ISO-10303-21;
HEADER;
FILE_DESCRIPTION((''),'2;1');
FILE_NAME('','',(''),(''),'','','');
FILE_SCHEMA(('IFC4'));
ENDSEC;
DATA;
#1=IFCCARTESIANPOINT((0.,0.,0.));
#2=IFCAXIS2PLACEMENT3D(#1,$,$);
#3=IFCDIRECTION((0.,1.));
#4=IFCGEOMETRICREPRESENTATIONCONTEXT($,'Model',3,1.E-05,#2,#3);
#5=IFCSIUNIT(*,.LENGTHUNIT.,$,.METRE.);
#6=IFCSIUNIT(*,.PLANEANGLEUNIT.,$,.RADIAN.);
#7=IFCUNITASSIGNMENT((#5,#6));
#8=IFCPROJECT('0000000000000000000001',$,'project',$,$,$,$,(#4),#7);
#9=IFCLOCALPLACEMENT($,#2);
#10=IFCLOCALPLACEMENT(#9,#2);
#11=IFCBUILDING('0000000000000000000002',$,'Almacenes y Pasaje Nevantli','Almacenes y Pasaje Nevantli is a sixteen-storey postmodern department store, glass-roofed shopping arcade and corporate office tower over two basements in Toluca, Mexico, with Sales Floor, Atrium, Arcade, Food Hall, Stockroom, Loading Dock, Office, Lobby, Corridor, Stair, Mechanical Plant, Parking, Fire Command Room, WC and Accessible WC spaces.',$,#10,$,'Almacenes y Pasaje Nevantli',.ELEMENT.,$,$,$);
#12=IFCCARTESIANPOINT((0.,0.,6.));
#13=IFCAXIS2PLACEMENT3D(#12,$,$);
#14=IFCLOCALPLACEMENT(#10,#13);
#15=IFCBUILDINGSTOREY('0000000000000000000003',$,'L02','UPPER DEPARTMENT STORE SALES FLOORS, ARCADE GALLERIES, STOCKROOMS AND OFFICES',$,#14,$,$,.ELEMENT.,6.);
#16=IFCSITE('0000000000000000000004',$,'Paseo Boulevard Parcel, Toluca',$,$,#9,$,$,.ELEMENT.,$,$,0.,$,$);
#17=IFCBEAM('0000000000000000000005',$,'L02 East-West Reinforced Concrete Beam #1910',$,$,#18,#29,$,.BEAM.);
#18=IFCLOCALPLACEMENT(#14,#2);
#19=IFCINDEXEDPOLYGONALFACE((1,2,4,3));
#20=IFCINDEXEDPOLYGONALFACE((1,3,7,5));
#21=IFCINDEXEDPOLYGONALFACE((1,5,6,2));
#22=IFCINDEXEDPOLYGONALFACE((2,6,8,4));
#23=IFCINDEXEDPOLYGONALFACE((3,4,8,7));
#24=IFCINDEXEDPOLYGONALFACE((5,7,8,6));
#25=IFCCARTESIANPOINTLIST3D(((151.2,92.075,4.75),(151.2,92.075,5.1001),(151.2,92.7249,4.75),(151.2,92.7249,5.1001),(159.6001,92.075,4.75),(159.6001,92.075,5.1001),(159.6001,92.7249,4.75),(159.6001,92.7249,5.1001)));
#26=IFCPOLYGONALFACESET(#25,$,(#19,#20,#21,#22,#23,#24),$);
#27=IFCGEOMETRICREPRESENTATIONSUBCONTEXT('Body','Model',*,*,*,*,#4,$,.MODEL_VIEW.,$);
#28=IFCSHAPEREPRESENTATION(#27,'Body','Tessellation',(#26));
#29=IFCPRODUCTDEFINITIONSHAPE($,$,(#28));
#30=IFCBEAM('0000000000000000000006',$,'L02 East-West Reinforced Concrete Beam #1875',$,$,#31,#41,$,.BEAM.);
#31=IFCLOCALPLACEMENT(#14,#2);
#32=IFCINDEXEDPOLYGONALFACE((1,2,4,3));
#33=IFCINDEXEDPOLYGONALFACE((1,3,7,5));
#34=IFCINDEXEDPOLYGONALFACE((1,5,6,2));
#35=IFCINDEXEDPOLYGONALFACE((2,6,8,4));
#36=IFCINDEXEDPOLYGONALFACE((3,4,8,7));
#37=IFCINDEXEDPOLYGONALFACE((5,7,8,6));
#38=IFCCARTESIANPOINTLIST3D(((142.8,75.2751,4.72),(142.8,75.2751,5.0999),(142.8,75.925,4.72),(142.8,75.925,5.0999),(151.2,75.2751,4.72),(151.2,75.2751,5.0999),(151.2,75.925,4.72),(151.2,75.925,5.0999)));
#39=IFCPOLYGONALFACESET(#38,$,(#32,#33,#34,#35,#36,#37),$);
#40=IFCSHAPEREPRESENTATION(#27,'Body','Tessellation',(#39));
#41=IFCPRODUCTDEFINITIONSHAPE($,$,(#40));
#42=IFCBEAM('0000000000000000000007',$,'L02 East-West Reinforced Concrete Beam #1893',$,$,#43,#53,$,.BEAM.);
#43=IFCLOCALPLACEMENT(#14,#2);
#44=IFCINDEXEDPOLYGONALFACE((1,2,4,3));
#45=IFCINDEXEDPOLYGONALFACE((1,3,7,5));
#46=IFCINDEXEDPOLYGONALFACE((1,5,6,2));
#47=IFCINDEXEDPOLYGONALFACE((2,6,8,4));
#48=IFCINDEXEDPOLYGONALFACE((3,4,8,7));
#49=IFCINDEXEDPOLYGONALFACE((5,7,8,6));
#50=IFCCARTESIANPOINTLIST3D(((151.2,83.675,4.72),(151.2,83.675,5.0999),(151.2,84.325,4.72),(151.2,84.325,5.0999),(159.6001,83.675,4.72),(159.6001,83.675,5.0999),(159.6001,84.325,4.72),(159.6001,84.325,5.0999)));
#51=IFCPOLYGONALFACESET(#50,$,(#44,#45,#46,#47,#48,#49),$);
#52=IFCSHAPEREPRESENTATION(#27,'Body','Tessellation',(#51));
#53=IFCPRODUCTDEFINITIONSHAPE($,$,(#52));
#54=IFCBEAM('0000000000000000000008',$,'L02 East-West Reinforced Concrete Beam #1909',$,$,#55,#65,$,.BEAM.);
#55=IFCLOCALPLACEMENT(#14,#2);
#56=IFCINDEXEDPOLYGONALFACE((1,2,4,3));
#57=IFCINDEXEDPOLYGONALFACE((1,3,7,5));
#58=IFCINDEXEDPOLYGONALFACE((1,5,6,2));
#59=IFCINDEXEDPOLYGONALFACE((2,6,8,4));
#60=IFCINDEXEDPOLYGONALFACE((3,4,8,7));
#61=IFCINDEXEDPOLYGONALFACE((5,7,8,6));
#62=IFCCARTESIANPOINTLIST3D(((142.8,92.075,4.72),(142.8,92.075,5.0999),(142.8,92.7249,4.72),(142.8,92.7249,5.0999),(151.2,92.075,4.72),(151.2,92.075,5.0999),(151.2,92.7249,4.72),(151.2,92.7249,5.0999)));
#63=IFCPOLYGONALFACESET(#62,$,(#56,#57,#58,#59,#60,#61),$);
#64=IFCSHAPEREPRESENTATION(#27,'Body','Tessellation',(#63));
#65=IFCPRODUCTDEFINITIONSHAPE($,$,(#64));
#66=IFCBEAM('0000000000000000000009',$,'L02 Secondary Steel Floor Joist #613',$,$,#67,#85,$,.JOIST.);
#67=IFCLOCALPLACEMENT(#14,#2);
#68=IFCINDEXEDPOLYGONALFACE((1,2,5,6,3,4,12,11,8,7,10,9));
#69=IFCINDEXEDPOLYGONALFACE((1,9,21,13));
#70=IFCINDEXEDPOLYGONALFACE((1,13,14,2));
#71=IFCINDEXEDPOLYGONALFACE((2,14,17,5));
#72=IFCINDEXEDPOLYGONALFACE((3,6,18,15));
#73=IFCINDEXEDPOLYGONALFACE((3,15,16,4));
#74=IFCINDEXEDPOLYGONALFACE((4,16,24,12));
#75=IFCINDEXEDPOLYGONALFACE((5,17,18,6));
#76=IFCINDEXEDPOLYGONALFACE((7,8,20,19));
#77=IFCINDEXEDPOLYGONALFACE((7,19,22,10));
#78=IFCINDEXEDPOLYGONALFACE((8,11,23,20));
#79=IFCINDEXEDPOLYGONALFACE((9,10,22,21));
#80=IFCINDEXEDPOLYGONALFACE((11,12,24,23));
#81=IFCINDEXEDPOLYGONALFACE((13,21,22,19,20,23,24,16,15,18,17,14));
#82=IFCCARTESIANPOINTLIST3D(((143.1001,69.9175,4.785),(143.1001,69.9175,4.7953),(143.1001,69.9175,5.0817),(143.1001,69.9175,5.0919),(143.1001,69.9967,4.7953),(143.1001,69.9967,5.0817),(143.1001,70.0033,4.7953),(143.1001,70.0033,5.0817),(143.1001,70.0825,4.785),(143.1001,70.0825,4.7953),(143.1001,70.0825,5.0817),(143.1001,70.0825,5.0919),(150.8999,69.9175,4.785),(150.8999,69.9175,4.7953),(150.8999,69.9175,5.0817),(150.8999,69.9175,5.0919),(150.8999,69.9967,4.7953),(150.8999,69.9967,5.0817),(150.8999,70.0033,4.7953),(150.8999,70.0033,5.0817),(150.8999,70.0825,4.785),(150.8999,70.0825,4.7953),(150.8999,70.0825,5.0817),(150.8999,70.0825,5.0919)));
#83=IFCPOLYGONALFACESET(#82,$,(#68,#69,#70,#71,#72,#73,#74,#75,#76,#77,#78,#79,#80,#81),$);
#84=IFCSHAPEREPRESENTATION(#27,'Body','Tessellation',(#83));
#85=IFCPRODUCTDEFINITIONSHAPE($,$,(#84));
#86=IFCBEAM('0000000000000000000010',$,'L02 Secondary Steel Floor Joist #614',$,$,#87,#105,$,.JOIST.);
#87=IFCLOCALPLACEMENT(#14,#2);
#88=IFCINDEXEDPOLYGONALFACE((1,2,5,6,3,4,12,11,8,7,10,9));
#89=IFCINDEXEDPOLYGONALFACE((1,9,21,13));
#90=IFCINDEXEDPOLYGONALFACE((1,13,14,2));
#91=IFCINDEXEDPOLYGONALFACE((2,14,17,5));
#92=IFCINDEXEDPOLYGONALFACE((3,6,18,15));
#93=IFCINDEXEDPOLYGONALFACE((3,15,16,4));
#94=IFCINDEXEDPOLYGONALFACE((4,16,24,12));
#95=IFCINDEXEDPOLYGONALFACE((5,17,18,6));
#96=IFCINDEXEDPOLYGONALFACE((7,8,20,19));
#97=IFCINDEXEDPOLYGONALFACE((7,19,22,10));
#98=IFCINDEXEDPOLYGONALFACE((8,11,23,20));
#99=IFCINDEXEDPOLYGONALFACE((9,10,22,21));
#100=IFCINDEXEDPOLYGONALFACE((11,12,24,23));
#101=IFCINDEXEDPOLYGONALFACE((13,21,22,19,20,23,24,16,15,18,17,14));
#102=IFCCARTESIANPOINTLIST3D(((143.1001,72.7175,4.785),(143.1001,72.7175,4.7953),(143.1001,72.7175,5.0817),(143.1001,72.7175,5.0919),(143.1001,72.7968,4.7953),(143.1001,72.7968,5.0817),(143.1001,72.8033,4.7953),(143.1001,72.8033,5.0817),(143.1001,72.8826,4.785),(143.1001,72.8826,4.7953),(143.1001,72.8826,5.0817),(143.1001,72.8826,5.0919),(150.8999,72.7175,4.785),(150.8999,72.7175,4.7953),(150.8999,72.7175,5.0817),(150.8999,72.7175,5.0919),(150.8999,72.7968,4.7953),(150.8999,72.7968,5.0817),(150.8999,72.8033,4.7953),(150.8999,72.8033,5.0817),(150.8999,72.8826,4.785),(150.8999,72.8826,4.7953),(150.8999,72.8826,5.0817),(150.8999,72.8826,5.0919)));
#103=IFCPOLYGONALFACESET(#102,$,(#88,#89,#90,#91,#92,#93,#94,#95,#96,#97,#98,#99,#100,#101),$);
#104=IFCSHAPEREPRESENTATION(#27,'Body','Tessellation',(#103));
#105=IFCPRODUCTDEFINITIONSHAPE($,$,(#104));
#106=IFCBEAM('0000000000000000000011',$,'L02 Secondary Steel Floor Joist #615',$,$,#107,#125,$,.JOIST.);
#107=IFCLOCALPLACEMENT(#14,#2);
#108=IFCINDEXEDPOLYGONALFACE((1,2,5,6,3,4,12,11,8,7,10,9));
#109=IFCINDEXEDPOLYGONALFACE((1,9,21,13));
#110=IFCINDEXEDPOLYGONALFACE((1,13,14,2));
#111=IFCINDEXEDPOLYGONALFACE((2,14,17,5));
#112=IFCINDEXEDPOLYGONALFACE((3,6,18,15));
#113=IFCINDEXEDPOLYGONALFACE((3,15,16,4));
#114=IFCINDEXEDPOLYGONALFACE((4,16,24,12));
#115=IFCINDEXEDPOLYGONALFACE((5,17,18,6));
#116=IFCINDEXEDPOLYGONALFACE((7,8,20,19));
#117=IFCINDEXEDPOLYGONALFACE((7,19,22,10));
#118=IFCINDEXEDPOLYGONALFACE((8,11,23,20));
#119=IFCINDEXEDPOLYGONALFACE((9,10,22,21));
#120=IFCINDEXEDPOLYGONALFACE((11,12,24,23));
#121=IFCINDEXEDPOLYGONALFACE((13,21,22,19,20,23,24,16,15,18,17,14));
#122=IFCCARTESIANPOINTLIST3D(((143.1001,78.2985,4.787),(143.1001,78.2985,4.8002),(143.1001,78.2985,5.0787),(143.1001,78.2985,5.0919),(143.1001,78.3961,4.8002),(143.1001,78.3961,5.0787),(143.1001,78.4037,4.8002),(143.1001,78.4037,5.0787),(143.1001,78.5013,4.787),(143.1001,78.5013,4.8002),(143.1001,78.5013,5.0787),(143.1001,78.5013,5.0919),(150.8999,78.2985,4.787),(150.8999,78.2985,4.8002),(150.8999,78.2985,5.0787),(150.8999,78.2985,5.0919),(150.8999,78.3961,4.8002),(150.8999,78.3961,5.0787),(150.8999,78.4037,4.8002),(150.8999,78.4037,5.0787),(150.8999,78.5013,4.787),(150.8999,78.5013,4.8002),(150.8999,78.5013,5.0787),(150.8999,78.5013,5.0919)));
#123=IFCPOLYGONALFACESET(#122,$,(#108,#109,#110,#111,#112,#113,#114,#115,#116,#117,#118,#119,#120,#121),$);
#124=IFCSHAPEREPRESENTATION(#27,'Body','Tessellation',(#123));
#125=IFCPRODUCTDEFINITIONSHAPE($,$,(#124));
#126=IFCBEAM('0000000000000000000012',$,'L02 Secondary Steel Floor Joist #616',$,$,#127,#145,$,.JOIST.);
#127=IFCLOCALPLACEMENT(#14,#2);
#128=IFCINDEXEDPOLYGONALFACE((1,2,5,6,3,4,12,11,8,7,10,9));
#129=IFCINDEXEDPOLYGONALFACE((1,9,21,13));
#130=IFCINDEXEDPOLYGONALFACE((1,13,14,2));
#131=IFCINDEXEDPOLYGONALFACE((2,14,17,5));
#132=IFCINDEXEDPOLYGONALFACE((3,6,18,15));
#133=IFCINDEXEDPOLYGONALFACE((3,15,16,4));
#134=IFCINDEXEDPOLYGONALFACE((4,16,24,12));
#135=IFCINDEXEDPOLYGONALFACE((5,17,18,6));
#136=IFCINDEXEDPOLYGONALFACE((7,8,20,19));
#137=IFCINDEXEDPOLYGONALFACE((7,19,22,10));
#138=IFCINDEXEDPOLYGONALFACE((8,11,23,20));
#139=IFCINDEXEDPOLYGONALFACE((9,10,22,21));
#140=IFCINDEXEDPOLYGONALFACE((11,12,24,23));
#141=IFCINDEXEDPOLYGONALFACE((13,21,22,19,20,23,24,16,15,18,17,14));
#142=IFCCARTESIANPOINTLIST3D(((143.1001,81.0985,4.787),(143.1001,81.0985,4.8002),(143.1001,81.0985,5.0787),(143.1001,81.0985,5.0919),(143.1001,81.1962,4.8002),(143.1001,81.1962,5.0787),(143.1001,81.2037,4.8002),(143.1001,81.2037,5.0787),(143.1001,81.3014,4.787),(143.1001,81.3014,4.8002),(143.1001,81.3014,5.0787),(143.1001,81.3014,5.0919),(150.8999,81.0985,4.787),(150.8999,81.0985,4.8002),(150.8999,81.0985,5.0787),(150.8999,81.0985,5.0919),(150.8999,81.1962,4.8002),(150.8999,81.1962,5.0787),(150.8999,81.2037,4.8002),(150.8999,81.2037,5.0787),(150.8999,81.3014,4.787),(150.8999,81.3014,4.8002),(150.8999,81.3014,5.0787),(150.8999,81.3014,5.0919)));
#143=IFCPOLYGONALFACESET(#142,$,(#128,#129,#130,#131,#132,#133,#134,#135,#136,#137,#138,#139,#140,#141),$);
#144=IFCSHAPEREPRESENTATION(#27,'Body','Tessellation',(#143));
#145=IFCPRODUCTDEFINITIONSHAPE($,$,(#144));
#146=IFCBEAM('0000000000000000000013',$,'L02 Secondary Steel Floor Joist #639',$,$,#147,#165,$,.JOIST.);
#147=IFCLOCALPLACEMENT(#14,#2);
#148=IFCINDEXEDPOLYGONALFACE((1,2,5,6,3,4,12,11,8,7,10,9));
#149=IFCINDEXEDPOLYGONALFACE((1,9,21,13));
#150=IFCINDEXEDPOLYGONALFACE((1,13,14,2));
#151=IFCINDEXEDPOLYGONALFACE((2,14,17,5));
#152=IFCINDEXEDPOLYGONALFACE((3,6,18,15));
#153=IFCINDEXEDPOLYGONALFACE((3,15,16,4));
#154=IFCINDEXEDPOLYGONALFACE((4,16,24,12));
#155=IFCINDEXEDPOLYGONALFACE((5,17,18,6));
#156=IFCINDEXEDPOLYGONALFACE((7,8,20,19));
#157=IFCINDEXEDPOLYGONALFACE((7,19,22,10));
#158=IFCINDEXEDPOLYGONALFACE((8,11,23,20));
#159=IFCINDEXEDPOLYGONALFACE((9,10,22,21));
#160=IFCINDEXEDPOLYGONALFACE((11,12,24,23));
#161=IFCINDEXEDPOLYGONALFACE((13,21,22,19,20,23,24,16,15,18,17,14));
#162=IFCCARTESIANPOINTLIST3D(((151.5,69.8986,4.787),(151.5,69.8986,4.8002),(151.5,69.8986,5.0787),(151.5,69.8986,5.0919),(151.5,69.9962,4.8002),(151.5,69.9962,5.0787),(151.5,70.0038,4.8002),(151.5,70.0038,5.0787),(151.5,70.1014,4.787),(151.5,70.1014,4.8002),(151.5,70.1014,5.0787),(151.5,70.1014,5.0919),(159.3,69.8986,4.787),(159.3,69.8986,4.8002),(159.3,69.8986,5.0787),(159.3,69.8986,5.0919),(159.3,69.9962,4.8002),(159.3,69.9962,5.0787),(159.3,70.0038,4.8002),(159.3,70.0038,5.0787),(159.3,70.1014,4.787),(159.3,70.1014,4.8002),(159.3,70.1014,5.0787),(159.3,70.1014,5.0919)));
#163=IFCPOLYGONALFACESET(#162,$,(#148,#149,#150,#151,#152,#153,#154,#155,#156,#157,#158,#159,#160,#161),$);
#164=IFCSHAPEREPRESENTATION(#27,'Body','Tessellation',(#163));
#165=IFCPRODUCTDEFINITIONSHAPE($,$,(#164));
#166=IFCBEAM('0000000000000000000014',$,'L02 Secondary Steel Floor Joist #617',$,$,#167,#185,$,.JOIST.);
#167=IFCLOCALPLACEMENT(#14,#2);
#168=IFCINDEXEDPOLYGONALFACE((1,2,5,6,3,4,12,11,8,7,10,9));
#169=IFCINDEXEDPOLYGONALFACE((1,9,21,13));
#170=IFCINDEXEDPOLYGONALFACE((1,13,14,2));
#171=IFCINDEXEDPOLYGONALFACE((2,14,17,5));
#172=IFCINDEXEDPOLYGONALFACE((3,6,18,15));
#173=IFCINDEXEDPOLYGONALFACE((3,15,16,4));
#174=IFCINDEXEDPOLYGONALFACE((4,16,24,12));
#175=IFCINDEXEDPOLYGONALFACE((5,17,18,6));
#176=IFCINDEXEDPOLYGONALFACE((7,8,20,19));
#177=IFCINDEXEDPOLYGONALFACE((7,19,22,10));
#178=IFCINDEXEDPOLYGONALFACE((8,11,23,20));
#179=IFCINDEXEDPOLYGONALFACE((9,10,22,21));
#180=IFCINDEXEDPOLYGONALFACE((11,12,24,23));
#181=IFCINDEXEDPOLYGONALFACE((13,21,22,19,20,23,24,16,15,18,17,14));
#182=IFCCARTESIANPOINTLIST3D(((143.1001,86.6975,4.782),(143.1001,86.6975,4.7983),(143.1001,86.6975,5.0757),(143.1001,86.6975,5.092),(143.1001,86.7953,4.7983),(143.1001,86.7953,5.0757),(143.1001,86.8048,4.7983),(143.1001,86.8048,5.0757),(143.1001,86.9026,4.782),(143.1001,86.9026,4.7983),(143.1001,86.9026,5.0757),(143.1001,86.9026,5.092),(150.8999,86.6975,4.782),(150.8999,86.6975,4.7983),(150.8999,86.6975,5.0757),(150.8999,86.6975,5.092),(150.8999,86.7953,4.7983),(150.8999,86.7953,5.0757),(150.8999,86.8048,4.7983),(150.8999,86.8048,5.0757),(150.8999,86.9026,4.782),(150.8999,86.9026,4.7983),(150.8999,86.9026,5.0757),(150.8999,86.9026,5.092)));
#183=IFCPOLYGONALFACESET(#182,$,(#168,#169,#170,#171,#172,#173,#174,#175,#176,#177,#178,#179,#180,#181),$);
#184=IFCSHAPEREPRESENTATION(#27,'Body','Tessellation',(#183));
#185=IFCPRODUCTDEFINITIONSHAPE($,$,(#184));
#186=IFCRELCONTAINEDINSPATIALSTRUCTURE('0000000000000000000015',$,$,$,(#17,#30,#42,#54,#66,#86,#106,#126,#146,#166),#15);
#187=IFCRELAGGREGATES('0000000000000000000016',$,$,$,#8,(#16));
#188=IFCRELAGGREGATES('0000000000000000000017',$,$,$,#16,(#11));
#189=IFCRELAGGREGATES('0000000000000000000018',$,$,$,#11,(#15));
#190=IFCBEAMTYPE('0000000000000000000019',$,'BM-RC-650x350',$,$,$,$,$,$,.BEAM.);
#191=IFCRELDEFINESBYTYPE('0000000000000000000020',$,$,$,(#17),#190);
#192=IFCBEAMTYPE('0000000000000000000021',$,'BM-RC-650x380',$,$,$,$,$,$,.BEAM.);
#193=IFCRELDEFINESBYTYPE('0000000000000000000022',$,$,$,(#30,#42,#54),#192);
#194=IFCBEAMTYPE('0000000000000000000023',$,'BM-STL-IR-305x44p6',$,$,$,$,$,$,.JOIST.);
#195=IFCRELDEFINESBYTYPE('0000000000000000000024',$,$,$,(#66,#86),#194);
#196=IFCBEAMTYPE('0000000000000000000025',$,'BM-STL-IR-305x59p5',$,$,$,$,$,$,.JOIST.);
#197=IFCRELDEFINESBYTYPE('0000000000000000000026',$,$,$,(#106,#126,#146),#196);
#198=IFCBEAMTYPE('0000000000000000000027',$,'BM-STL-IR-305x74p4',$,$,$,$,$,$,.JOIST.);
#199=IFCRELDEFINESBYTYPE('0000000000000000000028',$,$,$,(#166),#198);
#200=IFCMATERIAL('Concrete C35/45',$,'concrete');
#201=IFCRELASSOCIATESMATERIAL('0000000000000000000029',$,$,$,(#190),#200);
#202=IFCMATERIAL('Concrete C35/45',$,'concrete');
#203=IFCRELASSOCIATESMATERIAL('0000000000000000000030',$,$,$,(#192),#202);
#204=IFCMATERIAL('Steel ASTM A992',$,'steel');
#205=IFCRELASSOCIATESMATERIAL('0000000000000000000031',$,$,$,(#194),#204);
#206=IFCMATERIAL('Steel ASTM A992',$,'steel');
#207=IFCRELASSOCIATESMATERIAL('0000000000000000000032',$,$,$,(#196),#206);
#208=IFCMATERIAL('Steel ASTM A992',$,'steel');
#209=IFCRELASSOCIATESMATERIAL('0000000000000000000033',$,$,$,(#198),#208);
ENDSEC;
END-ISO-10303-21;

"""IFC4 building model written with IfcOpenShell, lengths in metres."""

from ifc_helpers import new_model, si_unit, direction, frame, origin, origin_2d, place, context, subcontext, project, spatial, rectangle, i_section, extrude, material, material_profile, profile_set, type_object, element, save


model = new_model("IFC4")

# Units and contexts
model_context = context("Model", 3, precision=1e-05, world=origin(), true_north=direction((0.0, 1.0)))
body_context = subcontext(model_context, "Body", "Model", "MODEL_VIEW")
ifc_project = project(units=[si_unit("LENGTHUNIT", "METRE"), si_unit("PLANEANGLEUNIT", "RADIAN")], contexts=[model_context])

# Site, building, storey
site_placement = place(None, origin())
site = spatial("IfcSite", under=ifc_project, at=site_placement, Name="Paseo Boulevard Parcel, Toluca", CompositionType="ELEMENT", RefElevation=0.0)
building_placement = place(site_placement, origin())
building = spatial("IfcBuilding", under=site, at=building_placement, Name="Almacenes y Pasaje Nevantli", Description="Almacenes y Pasaje Nevantli is a sixteen-storey postmodern department store, glass-roofed shopping arcade and corporate office tower over two basements in Toluca, Mexico, with Sales Floor, Atrium, Arcade, Food Hall, Stockroom, Loading Dock, Office, Lobby, Corridor, Stair, Mechanical Plant, Parking, Fire Command Room, WC and Accessible WC spaces.", LongName="Almacenes y Pasaje Nevantli", CompositionType="ELEMENT")
storey_placement = place(building_placement, frame((0.0, 0.0, 6.0)))
storey = spatial("IfcBuildingStorey", under=building, at=storey_placement, Name="L02", Description="UPPER DEPARTMENT STORE SALES FLOORS, ARCADE GALLERIES, STOCKROOMS AND OFFICES", CompositionType="ELEMENT", Elevation=6.0)

# Beams
ifc_material_1 = material(Name="Concrete C35/45", Category="concrete")
ifc_material_profile_1 = material_profile(ifc_material_1, rectangle(XDim=0.6499, YDim=0.3501, at=origin_2d()), Name="RC-BM-650x350")
ifc_profile_set_1 = profile_set([ifc_material_profile_1], Name="Concrete C35/45")
beam_type_1 = type_object("IfcBeamType", Name="BM-RC-650x350", PredefinedType="BEAM", material=ifc_profile_set_1)
beam_1_placement = place(storey_placement, frame((151.2, 92.3999, 4.925), z_axis=(1.0, 0.0, 0.0), x_axis=(0.0, 1.0, 0.0)))
element("IfcBeam", 1, at=beam_1_placement, inside=storey, type_object=beam_type_1, Name="L02 East-West Reinforced Concrete Beam #1910", PredefinedType="BEAM", context=body_context, shape_type="SweptSolid", body=[
    extrude(rectangle(XDim=0.6499, YDim=0.3501, at=origin_2d()), origin(), (0.0, 0.0, 1.0), 8.4001),
])
ifc_material_2 = material(Name="Concrete C35/45", Category="concrete")
ifc_material_profile_2 = material_profile(ifc_material_2, rectangle(XDim=0.6499, YDim=0.3799, at=origin_2d()), Name="RC-BM-650x380")
ifc_profile_set_2 = profile_set([ifc_material_profile_2], Name="Concrete C35/45")
beam_type_2 = type_object("IfcBeamType", Name="BM-RC-650x380", PredefinedType="BEAM", material=ifc_profile_set_2)
beam_2_placement = place(storey_placement, frame((142.8, 75.6001, 4.9099), z_axis=(1.0, 0.0, 0.0), x_axis=(0.0, 1.0, 0.0)))
element("IfcBeam", 2, at=beam_2_placement, inside=storey, type_object=beam_type_2, Name="L02 East-West Reinforced Concrete Beam #1875", PredefinedType="BEAM", context=body_context, shape_type="SweptSolid", body=[
    extrude(rectangle(XDim=0.6499, YDim=0.3799, at=origin_2d()), origin(), (0.0, 0.0, 1.0), 8.3999),
])
beam_3_placement = place(storey_placement, frame((151.2, 84.0, 4.9099), z_axis=(1.0, 0.0, 0.0), x_axis=(0.0, 1.0, 0.0)))
element("IfcBeam", 3, at=beam_3_placement, inside=storey, type_object=beam_type_2, Name="L02 East-West Reinforced Concrete Beam #1893", PredefinedType="BEAM", context=body_context, shape_type="SweptSolid", body=[
    extrude(rectangle(XDim=0.6499, YDim=0.3799, at=origin_2d()), origin(), (0.0, 0.0, 1.0), 8.4001),
])
beam_4_placement = place(storey_placement, frame((142.8, 92.3999, 4.9099), z_axis=(1.0, 0.0, 0.0), x_axis=(0.0, 1.0, 0.0)))
element("IfcBeam", 4, at=beam_4_placement, inside=storey, type_object=beam_type_2, Name="L02 East-West Reinforced Concrete Beam #1909", PredefinedType="BEAM", context=body_context, shape_type="SweptSolid", body=[
    extrude(rectangle(XDim=0.6499, YDim=0.3799, at=origin_2d()), origin(), (0.0, 0.0, 1.0), 8.3999),
])
ifc_material_3 = material(Name="Steel ASTM A992", Category="steel")
ifc_material_profile_3 = material_profile(ifc_material_3, i_section(OverallWidth=0.165, OverallDepth=0.3069, WebThickness=0.0066, FlangeThickness=0.0103, at=origin_2d()), Name="IR 305x44.6")
ifc_profile_set_3 = profile_set([ifc_material_profile_3], Name="Steel ASTM A992")
beam_type_3 = type_object("IfcBeamType", Name="BM-STL-IR-305x44p6", PredefinedType="JOIST", material=ifc_profile_set_3)
for number, where, z_axis, x_axis, name in (
    (5, (143.1001, 70.0, 4.9385), (1.0, 0.0, 0.0), (0.0, 1.0, 0.0), "L02 Secondary Steel Floor Joist #613"),
    (6, (143.1001, 72.8, 4.9385), (1.0, 0.0, 0.0), (0.0, 1.0, 0.0), "L02 Secondary Steel Floor Joist #614"),
):
    element("IfcBeam", number, at=place(storey_placement, frame(where, z_axis=z_axis, x_axis=x_axis)), inside=storey, type_object=beam_type_3, Name=name, PredefinedType="JOIST", context=body_context, shape_type="SweptSolid", body=[
        extrude(i_section(OverallWidth=0.165, OverallDepth=0.3069, WebThickness=0.0066, FlangeThickness=0.0103, at=origin_2d()), origin(), (0.0, 0.0, 1.0), 7.7998),
    ])
ifc_material_4 = material(Name="Steel ASTM A992", Category="steel")
ifc_material_profile_4 = material_profile(ifc_material_4, i_section(OverallWidth=0.2029, OverallDepth=0.3049, WebThickness=0.0076, FlangeThickness=0.0132, at=origin_2d()), Name="IR 305x59.5")
ifc_profile_set_4 = profile_set([ifc_material_profile_4], Name="Steel ASTM A992")
beam_type_4 = type_object("IfcBeamType", Name="BM-STL-IR-305x59p5", PredefinedType="JOIST", material=ifc_profile_set_4)
for number, where, z_axis, x_axis, name in (
    (7, (143.1001, 78.3999, 4.9395), (1.0, 0.0, 0.0), (0.0, 1.0, 0.0), "L02 Secondary Steel Floor Joist #615"),
    (8, (143.1001, 81.2, 4.9395), (1.0, 0.0, 0.0), (0.0, 1.0, 0.0), "L02 Secondary Steel Floor Joist #616"),
):
    element("IfcBeam", number, at=place(storey_placement, frame(where, z_axis=z_axis, x_axis=x_axis)), inside=storey, type_object=beam_type_4, Name=name, PredefinedType="JOIST", context=body_context, shape_type="SweptSolid", body=[
        extrude(i_section(OverallWidth=0.2029, OverallDepth=0.3049, WebThickness=0.0076, FlangeThickness=0.0132, at=origin_2d()), origin(), (0.0, 0.0, 1.0), 7.7998),
    ])
beam_5_placement = place(storey_placement, frame((151.5, 70.0, 4.9395), z_axis=(1.0, 0.0, 0.0), x_axis=(0.0, 1.0, 0.0)))
element("IfcBeam", 9, at=beam_5_placement, inside=storey, type_object=beam_type_4, Name="L02 Secondary Steel Floor Joist #639", PredefinedType="JOIST", context=body_context, shape_type="SweptSolid", body=[
    extrude(i_section(OverallWidth=0.2029, OverallDepth=0.3049, WebThickness=0.0076, FlangeThickness=0.0132, at=origin_2d()), origin(), (0.0, 0.0, 1.0), 7.8),
])
ifc_material_5 = material(Name="Steel ASTM A992", Category="steel")
ifc_material_profile_5 = material_profile(ifc_material_5, i_section(OverallWidth=0.2051, OverallDepth=0.3101, WebThickness=0.0095, FlangeThickness=0.0164, at=origin_2d()), Name="IR 305x74.4")
ifc_profile_set_5 = profile_set([ifc_material_profile_5], Name="Steel ASTM A992")
beam_type_5 = type_object("IfcBeamType", Name="BM-STL-IR-305x74p4", PredefinedType="JOIST", material=ifc_profile_set_5)
for number, where, z_axis, x_axis, name in (
    (10, (143.1001, 86.8, 4.937), (1.0, 0.0, 0.0), (0.0, 1.0, 0.0), "L02 Secondary Steel Floor Joist #617"),
):
    element("IfcBeam", number, at=place(storey_placement, frame(where, z_axis=z_axis, x_axis=x_axis)), inside=storey, type_object=beam_type_5, Name=name, PredefinedType="JOIST", context=body_context, shape_type="SweptSolid", body=[
        extrude(i_section(OverallWidth=0.2051, OverallDepth=0.3101, WebThickness=0.0095, FlangeThickness=0.0164, at=origin_2d()), origin(), (0.0, 0.0, 1.0), 7.7998),
    ])

save(model, "model.ifc")
